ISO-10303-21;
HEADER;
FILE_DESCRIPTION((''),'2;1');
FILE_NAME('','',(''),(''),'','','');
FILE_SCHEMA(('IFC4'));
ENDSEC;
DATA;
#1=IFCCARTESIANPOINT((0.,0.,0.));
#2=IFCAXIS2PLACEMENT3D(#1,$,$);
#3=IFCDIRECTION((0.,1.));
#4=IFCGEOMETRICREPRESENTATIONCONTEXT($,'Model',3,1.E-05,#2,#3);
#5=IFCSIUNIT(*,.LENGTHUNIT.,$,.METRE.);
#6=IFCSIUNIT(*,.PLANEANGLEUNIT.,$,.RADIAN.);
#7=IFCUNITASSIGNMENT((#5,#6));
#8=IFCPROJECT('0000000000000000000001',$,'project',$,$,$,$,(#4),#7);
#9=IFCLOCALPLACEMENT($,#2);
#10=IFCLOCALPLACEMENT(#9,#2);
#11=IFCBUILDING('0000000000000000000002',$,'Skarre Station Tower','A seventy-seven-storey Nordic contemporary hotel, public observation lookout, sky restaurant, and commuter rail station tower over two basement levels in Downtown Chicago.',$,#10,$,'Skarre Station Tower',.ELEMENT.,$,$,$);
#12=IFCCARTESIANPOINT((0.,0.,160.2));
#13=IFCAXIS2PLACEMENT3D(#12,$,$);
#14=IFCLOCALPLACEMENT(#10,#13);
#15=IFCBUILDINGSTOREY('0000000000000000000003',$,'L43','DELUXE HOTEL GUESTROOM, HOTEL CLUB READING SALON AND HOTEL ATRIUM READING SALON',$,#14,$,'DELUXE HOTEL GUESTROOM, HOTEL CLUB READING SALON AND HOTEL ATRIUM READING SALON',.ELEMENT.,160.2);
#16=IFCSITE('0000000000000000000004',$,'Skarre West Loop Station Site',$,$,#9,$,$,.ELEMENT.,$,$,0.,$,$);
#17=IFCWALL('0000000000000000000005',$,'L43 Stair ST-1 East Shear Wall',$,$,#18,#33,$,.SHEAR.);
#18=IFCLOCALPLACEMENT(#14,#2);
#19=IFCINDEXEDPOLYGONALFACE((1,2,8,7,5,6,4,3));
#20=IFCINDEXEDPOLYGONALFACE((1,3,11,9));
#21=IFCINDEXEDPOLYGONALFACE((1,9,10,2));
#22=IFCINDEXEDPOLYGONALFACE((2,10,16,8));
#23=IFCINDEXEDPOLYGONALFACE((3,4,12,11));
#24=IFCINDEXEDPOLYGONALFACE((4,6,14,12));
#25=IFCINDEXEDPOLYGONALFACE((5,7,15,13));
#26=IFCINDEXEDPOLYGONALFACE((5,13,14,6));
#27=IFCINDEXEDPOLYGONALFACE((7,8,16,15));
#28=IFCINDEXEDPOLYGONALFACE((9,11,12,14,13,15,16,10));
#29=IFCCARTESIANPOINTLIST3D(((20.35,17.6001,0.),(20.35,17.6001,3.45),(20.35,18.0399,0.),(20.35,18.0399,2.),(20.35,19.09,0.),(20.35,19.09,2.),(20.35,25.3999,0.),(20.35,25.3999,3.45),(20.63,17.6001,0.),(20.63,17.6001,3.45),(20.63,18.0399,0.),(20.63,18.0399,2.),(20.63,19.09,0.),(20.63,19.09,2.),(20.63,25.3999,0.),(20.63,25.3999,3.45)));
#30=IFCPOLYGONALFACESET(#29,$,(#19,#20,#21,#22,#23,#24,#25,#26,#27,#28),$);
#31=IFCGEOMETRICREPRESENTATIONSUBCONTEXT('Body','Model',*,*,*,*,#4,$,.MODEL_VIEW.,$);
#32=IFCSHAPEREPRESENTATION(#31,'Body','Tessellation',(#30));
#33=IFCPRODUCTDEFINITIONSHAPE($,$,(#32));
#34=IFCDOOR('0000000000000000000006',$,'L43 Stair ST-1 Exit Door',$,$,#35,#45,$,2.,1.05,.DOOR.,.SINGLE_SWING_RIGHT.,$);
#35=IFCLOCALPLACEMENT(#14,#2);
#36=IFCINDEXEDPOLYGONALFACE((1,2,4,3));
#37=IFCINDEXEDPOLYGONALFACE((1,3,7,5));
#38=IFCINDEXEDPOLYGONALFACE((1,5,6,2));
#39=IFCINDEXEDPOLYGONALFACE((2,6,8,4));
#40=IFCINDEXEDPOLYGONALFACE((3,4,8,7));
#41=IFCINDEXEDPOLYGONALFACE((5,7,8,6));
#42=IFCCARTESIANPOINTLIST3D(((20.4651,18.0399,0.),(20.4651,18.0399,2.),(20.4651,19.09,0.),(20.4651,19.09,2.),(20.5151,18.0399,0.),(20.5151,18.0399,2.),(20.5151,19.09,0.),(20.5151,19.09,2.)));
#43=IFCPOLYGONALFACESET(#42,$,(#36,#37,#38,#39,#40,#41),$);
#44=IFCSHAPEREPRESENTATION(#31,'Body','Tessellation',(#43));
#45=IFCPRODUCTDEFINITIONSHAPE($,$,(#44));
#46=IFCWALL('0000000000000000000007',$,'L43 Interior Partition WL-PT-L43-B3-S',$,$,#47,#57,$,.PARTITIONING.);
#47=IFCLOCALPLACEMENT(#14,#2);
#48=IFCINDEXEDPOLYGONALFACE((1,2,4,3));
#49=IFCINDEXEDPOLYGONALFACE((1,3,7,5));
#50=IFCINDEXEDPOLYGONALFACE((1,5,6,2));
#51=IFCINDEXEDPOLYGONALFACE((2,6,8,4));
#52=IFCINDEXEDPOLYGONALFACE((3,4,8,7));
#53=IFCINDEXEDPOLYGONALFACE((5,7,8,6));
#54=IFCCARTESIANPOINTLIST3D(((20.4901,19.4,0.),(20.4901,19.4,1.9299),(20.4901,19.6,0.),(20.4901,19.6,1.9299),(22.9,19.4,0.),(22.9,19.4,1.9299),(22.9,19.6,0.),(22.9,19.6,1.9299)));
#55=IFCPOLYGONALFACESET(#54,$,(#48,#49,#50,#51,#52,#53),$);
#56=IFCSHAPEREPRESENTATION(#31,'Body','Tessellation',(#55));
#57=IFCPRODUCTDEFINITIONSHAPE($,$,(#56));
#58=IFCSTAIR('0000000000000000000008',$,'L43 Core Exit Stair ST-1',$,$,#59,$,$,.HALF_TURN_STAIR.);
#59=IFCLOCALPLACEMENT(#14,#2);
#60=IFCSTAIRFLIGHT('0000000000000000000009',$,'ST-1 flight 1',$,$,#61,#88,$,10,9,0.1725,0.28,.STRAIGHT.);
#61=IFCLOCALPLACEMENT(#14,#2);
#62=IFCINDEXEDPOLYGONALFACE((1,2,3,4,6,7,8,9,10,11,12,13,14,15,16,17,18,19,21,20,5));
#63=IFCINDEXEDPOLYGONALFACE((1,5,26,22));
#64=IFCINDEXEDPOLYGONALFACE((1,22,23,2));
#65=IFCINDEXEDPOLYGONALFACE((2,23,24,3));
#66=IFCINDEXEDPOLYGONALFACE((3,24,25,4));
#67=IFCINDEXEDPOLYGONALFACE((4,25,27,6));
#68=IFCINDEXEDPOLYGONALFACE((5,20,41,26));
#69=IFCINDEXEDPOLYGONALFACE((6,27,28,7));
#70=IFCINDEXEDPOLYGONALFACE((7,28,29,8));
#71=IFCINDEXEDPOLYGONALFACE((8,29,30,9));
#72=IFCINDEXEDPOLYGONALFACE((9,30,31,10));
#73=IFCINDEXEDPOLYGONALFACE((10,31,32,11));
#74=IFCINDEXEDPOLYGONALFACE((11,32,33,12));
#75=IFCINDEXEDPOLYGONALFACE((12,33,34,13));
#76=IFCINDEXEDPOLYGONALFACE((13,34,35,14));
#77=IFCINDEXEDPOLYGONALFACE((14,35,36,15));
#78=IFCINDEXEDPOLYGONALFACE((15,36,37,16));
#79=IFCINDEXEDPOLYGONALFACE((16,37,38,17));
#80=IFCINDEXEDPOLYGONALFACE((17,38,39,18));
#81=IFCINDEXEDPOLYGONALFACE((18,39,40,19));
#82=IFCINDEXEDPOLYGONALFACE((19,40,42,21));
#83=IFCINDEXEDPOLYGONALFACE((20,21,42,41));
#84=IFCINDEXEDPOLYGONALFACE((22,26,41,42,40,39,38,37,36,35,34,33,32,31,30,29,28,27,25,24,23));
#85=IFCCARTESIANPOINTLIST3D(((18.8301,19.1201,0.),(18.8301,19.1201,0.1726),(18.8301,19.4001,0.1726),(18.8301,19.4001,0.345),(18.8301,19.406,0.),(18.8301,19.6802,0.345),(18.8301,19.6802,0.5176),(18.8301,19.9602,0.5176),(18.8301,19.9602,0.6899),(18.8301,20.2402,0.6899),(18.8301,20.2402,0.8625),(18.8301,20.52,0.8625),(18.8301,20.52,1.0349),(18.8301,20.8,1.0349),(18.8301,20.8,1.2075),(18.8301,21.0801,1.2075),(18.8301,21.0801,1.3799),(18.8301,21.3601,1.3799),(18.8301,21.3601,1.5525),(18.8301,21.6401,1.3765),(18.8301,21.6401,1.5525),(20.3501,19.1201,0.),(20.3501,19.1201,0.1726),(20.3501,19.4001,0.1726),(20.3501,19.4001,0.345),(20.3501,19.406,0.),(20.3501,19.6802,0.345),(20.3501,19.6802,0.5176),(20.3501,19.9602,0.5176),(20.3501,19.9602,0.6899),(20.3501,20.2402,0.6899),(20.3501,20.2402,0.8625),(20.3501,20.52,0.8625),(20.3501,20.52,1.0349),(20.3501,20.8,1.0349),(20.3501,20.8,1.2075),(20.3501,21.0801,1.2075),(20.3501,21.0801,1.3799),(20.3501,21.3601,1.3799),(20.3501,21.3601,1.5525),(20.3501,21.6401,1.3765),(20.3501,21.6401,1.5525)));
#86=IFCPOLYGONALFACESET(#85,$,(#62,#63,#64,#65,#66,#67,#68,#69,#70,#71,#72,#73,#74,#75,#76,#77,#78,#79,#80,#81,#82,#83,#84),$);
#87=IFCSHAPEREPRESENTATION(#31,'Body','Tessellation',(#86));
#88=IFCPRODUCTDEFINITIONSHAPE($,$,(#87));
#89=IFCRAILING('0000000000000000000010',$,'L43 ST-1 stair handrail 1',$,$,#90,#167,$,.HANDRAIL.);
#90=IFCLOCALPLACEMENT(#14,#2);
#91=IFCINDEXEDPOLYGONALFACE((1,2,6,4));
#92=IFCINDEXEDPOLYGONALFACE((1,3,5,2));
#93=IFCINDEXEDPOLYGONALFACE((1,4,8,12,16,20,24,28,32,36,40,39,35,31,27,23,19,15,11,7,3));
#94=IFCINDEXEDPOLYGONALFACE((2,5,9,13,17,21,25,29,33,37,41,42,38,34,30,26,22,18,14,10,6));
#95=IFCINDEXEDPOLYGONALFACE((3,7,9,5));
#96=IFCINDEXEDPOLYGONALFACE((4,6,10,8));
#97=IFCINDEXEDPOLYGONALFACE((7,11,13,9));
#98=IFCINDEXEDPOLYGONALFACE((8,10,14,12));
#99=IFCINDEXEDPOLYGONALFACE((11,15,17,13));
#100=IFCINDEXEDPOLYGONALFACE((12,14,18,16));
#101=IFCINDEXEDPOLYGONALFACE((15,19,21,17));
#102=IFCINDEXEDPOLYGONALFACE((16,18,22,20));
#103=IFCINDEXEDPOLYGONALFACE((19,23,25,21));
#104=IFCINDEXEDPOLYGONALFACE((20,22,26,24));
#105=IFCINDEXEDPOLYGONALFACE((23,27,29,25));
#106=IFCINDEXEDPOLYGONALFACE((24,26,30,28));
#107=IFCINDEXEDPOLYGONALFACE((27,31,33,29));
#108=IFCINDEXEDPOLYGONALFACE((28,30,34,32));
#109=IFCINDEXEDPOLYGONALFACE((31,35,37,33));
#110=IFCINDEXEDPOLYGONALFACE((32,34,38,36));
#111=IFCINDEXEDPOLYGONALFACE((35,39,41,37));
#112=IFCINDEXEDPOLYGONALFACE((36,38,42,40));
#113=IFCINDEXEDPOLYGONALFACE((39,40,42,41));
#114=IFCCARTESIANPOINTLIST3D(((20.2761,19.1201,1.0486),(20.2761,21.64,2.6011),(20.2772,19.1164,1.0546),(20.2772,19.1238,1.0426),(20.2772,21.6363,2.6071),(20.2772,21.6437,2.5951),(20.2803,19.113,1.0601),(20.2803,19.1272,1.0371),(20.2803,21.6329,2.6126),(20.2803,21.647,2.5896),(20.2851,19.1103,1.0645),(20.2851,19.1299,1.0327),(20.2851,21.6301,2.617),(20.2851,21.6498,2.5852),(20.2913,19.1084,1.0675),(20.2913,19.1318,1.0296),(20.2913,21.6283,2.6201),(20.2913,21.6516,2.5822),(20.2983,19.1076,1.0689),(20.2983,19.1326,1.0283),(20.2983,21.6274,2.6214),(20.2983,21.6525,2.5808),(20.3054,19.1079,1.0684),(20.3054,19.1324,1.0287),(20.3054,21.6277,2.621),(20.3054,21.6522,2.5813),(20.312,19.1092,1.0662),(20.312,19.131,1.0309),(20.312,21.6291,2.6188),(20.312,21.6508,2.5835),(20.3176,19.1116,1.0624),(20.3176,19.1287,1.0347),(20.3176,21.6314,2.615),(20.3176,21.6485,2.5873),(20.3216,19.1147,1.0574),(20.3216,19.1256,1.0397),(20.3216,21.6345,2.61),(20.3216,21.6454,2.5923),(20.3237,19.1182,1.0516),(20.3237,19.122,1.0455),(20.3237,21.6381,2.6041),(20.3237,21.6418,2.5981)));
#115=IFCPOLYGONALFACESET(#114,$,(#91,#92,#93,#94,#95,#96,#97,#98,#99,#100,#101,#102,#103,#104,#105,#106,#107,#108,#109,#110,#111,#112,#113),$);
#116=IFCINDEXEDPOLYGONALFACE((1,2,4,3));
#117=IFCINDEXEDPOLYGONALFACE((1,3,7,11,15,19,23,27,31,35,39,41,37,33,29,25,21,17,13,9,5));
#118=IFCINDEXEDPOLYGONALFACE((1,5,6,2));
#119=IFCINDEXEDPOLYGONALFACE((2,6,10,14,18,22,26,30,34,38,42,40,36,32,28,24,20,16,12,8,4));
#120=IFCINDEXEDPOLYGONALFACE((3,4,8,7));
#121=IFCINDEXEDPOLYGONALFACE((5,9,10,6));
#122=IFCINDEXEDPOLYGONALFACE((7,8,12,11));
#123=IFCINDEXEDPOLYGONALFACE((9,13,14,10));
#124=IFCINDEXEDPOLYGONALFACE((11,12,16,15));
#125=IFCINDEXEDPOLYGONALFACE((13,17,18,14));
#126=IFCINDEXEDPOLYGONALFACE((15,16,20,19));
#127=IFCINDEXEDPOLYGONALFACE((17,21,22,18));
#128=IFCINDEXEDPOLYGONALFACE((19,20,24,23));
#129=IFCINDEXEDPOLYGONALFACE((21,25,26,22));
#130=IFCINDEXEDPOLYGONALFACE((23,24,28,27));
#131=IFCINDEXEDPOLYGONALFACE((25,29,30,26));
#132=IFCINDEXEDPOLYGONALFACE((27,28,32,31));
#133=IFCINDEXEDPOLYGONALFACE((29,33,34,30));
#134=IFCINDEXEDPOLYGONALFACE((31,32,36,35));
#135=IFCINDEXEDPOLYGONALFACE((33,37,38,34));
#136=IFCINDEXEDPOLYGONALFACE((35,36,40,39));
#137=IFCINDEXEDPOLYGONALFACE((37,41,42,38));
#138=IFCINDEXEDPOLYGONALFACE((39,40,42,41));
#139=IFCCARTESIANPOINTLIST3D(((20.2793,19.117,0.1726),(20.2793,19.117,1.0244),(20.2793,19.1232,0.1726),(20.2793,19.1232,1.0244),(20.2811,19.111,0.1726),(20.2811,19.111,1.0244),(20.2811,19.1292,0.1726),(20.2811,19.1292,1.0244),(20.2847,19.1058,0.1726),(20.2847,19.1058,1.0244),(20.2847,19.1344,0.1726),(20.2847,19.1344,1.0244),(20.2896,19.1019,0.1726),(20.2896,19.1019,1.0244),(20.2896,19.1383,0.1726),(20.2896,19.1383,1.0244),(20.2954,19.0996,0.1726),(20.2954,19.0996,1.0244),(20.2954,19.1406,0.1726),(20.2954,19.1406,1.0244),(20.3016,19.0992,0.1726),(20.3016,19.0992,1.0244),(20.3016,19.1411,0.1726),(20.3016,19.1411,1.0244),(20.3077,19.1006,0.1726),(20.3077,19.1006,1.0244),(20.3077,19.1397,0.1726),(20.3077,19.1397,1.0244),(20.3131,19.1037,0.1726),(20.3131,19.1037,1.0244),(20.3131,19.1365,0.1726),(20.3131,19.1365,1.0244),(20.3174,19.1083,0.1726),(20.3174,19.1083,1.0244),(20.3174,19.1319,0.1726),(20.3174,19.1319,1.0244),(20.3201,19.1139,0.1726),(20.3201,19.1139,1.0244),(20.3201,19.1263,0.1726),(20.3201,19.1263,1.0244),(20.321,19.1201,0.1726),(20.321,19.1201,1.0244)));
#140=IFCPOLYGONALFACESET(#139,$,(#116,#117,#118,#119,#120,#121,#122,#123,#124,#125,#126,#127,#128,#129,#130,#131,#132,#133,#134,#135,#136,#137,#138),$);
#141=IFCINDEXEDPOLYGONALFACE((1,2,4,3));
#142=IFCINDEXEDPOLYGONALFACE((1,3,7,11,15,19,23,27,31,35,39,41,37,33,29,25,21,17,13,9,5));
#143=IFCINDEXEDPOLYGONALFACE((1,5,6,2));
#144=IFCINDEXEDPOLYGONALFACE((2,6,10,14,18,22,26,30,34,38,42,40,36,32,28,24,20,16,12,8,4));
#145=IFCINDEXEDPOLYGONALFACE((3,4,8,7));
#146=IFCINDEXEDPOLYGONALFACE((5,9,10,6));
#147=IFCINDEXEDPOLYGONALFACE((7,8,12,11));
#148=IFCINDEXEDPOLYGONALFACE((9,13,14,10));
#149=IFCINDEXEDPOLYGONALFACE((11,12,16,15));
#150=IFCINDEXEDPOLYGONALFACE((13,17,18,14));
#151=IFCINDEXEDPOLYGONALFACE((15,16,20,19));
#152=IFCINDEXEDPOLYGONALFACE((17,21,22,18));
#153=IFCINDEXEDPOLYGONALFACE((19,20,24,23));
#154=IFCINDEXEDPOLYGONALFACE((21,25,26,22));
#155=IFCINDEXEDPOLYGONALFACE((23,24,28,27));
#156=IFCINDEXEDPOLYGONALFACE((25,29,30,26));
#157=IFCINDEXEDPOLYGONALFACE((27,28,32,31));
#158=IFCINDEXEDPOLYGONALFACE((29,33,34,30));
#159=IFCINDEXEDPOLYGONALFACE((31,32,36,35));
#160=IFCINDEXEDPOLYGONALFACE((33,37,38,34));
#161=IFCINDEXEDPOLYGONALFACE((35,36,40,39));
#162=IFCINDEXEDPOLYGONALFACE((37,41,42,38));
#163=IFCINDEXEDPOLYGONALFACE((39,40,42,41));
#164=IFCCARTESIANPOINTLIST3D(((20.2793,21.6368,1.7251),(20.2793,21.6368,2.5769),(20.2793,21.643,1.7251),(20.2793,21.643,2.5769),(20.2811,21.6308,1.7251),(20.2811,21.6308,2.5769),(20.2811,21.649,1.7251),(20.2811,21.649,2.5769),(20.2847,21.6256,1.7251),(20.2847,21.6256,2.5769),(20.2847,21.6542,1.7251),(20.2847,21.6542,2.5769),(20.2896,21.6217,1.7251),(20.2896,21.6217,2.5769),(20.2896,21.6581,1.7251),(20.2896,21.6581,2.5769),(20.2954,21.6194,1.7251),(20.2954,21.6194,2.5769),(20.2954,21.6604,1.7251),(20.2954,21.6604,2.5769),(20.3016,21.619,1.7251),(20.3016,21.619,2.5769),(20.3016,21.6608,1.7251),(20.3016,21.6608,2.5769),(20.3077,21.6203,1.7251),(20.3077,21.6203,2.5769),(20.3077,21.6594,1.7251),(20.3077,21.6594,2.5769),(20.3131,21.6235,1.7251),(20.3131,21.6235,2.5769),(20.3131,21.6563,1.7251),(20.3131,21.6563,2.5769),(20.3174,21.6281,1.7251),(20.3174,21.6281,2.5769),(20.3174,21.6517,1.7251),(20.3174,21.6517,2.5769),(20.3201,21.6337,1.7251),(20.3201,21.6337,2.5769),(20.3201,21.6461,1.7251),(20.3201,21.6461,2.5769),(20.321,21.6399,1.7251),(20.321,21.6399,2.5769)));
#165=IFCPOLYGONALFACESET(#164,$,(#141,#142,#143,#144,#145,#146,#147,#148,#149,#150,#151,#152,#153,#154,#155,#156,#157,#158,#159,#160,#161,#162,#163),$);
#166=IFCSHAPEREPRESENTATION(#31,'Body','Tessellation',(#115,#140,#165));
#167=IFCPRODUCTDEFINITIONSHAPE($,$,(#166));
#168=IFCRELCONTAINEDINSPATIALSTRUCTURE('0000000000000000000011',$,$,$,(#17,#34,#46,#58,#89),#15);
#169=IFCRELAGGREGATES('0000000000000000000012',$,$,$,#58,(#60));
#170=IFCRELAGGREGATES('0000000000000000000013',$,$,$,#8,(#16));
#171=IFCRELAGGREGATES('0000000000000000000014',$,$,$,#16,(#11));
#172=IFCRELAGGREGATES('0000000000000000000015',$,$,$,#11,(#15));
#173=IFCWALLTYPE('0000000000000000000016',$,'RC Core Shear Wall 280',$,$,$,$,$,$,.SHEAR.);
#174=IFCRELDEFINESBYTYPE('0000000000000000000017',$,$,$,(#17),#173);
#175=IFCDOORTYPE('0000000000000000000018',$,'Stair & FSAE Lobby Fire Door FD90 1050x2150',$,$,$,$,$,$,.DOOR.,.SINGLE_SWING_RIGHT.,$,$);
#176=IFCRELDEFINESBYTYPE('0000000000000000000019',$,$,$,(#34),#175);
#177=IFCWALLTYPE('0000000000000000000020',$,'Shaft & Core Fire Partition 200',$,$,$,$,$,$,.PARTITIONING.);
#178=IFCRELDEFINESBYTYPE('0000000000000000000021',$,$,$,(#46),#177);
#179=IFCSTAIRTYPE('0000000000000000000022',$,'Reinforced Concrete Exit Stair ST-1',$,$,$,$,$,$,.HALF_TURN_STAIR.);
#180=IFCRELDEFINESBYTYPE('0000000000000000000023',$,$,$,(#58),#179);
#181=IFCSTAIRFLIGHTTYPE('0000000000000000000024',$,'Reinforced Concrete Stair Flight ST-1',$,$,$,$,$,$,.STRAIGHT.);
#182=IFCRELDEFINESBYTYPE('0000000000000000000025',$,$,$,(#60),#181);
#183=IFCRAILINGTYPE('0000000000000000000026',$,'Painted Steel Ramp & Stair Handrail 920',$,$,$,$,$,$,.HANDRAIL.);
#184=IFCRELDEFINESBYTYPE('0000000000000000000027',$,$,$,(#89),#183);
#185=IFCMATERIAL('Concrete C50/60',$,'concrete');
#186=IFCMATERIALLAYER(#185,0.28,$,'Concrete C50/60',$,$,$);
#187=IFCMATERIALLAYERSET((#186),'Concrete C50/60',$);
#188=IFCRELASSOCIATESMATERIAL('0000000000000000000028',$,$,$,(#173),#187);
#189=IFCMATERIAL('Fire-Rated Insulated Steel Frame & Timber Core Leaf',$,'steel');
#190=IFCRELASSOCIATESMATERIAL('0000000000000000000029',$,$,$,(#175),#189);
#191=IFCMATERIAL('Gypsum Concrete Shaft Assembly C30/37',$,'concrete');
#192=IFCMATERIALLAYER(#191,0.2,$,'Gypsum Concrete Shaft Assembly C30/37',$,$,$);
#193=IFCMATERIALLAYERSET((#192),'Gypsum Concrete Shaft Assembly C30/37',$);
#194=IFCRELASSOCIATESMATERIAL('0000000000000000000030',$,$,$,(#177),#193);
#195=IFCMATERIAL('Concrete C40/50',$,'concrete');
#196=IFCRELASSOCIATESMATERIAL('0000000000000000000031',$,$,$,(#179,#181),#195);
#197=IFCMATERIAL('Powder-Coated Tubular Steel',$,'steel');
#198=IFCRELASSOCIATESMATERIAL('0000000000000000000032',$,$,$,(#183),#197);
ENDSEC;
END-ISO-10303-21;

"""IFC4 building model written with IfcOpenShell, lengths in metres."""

from ifc_helpers import new_model, si_unit, direction, frame, frame_2d, origin, origin_2d, place, context, subcontext, project, spatial, polyline, rectangle, circle, outline, extrude, material, layer, layer_set, type_object, element, fill, aggregate, save


model = new_model("IFC4")

# Units and contexts
model_context = context("Model", 3, precision=1e-05, world=origin(), true_north=direction((0.0, 1.0)))
body_context = subcontext(model_context, "Body", "Model", "MODEL_VIEW")
ifc_project = project(units=[si_unit("LENGTHUNIT", "METRE"), si_unit("PLANEANGLEUNIT", "RADIAN")], contexts=[model_context])

# Site, building, storey
site_placement = place(None, origin())
site = spatial("IfcSite", under=ifc_project, at=site_placement, Name="Skarre West Loop Station Site", CompositionType="ELEMENT", RefElevation=0.0)
building_placement = place(site_placement, origin())
building = spatial("IfcBuilding", under=site, at=building_placement, Name="Skarre Station Tower", Description="A seventy-seven-storey Nordic contemporary hotel, public observation lookout, sky restaurant, and commuter rail station tower over two basement levels in Downtown Chicago.", LongName="Skarre Station Tower", CompositionType="ELEMENT")
storey_placement = place(building_placement, frame((0.0, 0.0, 160.2)))
storey = spatial("IfcBuildingStorey", under=building, at=storey_placement, Name="L43", Description="DELUXE HOTEL GUESTROOM, HOTEL CLUB READING SALON AND HOTEL ATRIUM READING SALON", LongName="DELUXE HOTEL GUESTROOM, HOTEL CLUB READING SALON AND HOTEL ATRIUM READING SALON", CompositionType="ELEMENT", Elevation=160.2)

# Wall, opening, door
ifc_material_1 = material(Name="Concrete C50/60", Category="concrete")
ifc_layer_1 = layer(ifc_material_1, 0.28, Name="Concrete C50/60")
ifc_layer_set_1 = layer_set([ifc_layer_1], Name="Concrete C50/60")
wall_type_1 = type_object("IfcWallType", Name="RC Core Shear Wall 280", PredefinedType="SHEAR", material=ifc_layer_set_1)
wall_1_placement = place(storey_placement, frame((20.49, 17.6001, 0.0), z_axis=(0.0, 0.0, 1.0), x_axis=(0.0, 1.0, 0.0)))
wall_1 = element("IfcWall", 1, at=wall_1_placement, inside=storey, type_object=wall_type_1, Name="L43 Stair ST-1 East Shear Wall", PredefinedType="SHEAR", context=body_context, shape_type="SweptSolid", body=[
    extrude(rectangle(XDim=7.7998, YDim=0.28, at=frame_2d((3.8999, 0.0))), origin(), (0.0, 0.0, 1.0), 3.45),
])
opening_1_placement = place(wall_1_placement, frame((0.4399, 0.0, 0.0)))
opening_1 = element("IfcOpeningElement", 2, at=opening_1_placement, cuts=wall_1, PredefinedType="OPENING", context=body_context, shape_type="SweptSolid", body=[
    extrude(rectangle(XDim=1.05, YDim=2.0, at=frame_2d((0.5249, 1.0))), frame((0.0, 0.1499, 0.0), z_axis=(0.0, -1.0, 0.0), x_axis=(1.0, 0.0, 0.0)), (0.0, 0.0, 1.0), 0.3),
])
ifc_material_2 = material(Name="Fire-Rated Insulated Steel Frame & Timber Core Leaf", Category="steel")
door_type_1 = type_object("IfcDoorType", Name="Stair & FSAE Lobby Fire Door FD90 1050x2150", OperationType="SINGLE_SWING_RIGHT", PredefinedType="DOOR", material=ifc_material_2)
door_1_placement = place(opening_1_placement, origin())
door_1 = element("IfcDoor", 3, at=door_1_placement, inside=storey, type_object=door_type_1, Name="L43 Stair ST-1 Exit Door", OperationType="SINGLE_SWING_RIGHT", OverallHeight=2.0, OverallWidth=1.05, PredefinedType="DOOR", context=body_context, shape_type="SweptSolid", body=[
    extrude(rectangle(XDim=1.05, YDim=2.0, at=frame_2d((0.5249, 1.0))), frame((0.0, 0.0249, 0.0), z_axis=(0.0, -1.0, 0.0), x_axis=(1.0, 0.0, 0.0)), (0.0, 0.0, 1.0), 0.05),
])
fill(opening_1, door_1)

# Wall
ifc_material_3 = material(Name="Gypsum Concrete Shaft Assembly C30/37", Category="concrete")
ifc_layer_2 = layer(ifc_material_3, 0.2, Name="Gypsum Concrete Shaft Assembly C30/37")
ifc_layer_set_2 = layer_set([ifc_layer_2], Name="Gypsum Concrete Shaft Assembly C30/37")
wall_type_2 = type_object("IfcWallType", Name="Shaft & Core Fire Partition 200", PredefinedType="PARTITIONING", material=ifc_layer_set_2)
wall_2_placement = place(storey_placement, frame((20.49, 19.5, 0.0), z_axis=(0.0, 0.0, 1.0), x_axis=(1.0, 0.0, 0.0)))
element("IfcWall", 4, at=wall_2_placement, inside=storey, type_object=wall_type_2, Name="L43 Interior Partition WL-PT-L43-B3-S", PredefinedType="PARTITIONING", context=body_context, shape_type="SweptSolid", body=[
    extrude(rectangle(XDim=2.4099, YDim=0.2, at=frame_2d((1.2051, 0.0))), origin(), (0.0, 0.0, 1.0), 1.9299),
])

# Stair, stair flight
ifc_material_4 = material(Name="Concrete C40/50", Category="concrete")
stair_type = type_object("IfcStairType", Name="Reinforced Concrete Exit Stair ST-1", PredefinedType="HALF_TURN_STAIR", material=ifc_material_4)
stair_placement = place(storey_placement, origin())
stair = element("IfcStair", 5, at=stair_placement, inside=storey, type_object=stair_type, Name="L43 Core Exit Stair ST-1", PredefinedType="HALF_TURN_STAIR")
stair_flight_type = type_object("IfcStairFlightType", Name="Reinforced Concrete Stair Flight ST-1", PredefinedType="STRAIGHT", material=ifc_material_4)
stair_flight_placement = place(storey_placement, frame((19.5901, 19.1201, 0.0), z_axis=(0.0, 0.0, 1.0), x_axis=(0.0, 1.0, 0.0)))
stair_flight = element("IfcStairFlight", 6, at=stair_flight_placement, type_object=stair_flight_type, Name="ST-1 flight 1", NumberOfRisers=10, NumberOfTreads=9, PredefinedType="STRAIGHT", RiserHeight=0.1725, TreadLength=0.28, context=body_context, shape_type="SweptSolid", body=[
    extrude(outline(polyline([(0.0, 0.0), (0.0, 0.1726), (0.28, 0.1726), (0.28, 0.345), (0.5601, 0.345), (0.5601, 0.5176), (0.8401, 0.5176), (0.8401, 0.6899), (1.1201, 0.6899), (1.1201, 0.8625), (1.3999, 0.8625), (1.3999, 1.0349), (1.6799, 1.0349), (1.6799, 1.2075), (1.96, 1.2075), (1.96, 1.3799), (2.24, 1.3799), (2.24, 1.5525), (2.52, 1.5525), (2.52, 1.7251), (2.52, 1.3765), (0.2859, 0.0), (0.0, 0.0)])), frame((0.0, 0.76, 0.0), z_axis=(0.0, -1.0, 0.0), x_axis=(1.0, 0.0, 0.0)), (0.0, 0.0, 1.0), 1.52),
])
aggregate(stair, [stair_flight])

# Railing
ifc_material_5 = material(Name="Powder-Coated Tubular Steel", Category="steel")
railing_type_1 = type_object("IfcRailingType", Name="Painted Steel Ramp & Stair Handrail 920", PredefinedType="HANDRAIL", material=ifc_material_5)
railing_1_placement = place(storey_placement, frame((20.3, 19.1201, 0.1726)))
element("IfcRailing", 7, at=railing_1_placement, inside=storey, type_object=railing_type_1, Name="L43 ST-1 stair handrail 1", PredefinedType="HANDRAIL", context=body_context, shape_type="SweptSolid", body=[
    extrude(circle(Radius=0.0239, at=origin_2d()), frame((0.0, 0.0, 0.876), z_axis=(0.0, 0.851378, 0.524553), x_axis=(-1.0, 0.0, 0.0)), (0.0, 0.0, 1.0), 2.9597),
    extrude(circle(Radius=0.021, at=origin_2d()), origin(), (0.0, 0.0, 1.0), 0.8518),
    extrude(circle(Radius=0.021, at=origin_2d()), frame((0.0, 2.5198, 1.5525)), (0.0, 0.0, 1.0), 0.8518),
])

save(model, "model.ifc")
